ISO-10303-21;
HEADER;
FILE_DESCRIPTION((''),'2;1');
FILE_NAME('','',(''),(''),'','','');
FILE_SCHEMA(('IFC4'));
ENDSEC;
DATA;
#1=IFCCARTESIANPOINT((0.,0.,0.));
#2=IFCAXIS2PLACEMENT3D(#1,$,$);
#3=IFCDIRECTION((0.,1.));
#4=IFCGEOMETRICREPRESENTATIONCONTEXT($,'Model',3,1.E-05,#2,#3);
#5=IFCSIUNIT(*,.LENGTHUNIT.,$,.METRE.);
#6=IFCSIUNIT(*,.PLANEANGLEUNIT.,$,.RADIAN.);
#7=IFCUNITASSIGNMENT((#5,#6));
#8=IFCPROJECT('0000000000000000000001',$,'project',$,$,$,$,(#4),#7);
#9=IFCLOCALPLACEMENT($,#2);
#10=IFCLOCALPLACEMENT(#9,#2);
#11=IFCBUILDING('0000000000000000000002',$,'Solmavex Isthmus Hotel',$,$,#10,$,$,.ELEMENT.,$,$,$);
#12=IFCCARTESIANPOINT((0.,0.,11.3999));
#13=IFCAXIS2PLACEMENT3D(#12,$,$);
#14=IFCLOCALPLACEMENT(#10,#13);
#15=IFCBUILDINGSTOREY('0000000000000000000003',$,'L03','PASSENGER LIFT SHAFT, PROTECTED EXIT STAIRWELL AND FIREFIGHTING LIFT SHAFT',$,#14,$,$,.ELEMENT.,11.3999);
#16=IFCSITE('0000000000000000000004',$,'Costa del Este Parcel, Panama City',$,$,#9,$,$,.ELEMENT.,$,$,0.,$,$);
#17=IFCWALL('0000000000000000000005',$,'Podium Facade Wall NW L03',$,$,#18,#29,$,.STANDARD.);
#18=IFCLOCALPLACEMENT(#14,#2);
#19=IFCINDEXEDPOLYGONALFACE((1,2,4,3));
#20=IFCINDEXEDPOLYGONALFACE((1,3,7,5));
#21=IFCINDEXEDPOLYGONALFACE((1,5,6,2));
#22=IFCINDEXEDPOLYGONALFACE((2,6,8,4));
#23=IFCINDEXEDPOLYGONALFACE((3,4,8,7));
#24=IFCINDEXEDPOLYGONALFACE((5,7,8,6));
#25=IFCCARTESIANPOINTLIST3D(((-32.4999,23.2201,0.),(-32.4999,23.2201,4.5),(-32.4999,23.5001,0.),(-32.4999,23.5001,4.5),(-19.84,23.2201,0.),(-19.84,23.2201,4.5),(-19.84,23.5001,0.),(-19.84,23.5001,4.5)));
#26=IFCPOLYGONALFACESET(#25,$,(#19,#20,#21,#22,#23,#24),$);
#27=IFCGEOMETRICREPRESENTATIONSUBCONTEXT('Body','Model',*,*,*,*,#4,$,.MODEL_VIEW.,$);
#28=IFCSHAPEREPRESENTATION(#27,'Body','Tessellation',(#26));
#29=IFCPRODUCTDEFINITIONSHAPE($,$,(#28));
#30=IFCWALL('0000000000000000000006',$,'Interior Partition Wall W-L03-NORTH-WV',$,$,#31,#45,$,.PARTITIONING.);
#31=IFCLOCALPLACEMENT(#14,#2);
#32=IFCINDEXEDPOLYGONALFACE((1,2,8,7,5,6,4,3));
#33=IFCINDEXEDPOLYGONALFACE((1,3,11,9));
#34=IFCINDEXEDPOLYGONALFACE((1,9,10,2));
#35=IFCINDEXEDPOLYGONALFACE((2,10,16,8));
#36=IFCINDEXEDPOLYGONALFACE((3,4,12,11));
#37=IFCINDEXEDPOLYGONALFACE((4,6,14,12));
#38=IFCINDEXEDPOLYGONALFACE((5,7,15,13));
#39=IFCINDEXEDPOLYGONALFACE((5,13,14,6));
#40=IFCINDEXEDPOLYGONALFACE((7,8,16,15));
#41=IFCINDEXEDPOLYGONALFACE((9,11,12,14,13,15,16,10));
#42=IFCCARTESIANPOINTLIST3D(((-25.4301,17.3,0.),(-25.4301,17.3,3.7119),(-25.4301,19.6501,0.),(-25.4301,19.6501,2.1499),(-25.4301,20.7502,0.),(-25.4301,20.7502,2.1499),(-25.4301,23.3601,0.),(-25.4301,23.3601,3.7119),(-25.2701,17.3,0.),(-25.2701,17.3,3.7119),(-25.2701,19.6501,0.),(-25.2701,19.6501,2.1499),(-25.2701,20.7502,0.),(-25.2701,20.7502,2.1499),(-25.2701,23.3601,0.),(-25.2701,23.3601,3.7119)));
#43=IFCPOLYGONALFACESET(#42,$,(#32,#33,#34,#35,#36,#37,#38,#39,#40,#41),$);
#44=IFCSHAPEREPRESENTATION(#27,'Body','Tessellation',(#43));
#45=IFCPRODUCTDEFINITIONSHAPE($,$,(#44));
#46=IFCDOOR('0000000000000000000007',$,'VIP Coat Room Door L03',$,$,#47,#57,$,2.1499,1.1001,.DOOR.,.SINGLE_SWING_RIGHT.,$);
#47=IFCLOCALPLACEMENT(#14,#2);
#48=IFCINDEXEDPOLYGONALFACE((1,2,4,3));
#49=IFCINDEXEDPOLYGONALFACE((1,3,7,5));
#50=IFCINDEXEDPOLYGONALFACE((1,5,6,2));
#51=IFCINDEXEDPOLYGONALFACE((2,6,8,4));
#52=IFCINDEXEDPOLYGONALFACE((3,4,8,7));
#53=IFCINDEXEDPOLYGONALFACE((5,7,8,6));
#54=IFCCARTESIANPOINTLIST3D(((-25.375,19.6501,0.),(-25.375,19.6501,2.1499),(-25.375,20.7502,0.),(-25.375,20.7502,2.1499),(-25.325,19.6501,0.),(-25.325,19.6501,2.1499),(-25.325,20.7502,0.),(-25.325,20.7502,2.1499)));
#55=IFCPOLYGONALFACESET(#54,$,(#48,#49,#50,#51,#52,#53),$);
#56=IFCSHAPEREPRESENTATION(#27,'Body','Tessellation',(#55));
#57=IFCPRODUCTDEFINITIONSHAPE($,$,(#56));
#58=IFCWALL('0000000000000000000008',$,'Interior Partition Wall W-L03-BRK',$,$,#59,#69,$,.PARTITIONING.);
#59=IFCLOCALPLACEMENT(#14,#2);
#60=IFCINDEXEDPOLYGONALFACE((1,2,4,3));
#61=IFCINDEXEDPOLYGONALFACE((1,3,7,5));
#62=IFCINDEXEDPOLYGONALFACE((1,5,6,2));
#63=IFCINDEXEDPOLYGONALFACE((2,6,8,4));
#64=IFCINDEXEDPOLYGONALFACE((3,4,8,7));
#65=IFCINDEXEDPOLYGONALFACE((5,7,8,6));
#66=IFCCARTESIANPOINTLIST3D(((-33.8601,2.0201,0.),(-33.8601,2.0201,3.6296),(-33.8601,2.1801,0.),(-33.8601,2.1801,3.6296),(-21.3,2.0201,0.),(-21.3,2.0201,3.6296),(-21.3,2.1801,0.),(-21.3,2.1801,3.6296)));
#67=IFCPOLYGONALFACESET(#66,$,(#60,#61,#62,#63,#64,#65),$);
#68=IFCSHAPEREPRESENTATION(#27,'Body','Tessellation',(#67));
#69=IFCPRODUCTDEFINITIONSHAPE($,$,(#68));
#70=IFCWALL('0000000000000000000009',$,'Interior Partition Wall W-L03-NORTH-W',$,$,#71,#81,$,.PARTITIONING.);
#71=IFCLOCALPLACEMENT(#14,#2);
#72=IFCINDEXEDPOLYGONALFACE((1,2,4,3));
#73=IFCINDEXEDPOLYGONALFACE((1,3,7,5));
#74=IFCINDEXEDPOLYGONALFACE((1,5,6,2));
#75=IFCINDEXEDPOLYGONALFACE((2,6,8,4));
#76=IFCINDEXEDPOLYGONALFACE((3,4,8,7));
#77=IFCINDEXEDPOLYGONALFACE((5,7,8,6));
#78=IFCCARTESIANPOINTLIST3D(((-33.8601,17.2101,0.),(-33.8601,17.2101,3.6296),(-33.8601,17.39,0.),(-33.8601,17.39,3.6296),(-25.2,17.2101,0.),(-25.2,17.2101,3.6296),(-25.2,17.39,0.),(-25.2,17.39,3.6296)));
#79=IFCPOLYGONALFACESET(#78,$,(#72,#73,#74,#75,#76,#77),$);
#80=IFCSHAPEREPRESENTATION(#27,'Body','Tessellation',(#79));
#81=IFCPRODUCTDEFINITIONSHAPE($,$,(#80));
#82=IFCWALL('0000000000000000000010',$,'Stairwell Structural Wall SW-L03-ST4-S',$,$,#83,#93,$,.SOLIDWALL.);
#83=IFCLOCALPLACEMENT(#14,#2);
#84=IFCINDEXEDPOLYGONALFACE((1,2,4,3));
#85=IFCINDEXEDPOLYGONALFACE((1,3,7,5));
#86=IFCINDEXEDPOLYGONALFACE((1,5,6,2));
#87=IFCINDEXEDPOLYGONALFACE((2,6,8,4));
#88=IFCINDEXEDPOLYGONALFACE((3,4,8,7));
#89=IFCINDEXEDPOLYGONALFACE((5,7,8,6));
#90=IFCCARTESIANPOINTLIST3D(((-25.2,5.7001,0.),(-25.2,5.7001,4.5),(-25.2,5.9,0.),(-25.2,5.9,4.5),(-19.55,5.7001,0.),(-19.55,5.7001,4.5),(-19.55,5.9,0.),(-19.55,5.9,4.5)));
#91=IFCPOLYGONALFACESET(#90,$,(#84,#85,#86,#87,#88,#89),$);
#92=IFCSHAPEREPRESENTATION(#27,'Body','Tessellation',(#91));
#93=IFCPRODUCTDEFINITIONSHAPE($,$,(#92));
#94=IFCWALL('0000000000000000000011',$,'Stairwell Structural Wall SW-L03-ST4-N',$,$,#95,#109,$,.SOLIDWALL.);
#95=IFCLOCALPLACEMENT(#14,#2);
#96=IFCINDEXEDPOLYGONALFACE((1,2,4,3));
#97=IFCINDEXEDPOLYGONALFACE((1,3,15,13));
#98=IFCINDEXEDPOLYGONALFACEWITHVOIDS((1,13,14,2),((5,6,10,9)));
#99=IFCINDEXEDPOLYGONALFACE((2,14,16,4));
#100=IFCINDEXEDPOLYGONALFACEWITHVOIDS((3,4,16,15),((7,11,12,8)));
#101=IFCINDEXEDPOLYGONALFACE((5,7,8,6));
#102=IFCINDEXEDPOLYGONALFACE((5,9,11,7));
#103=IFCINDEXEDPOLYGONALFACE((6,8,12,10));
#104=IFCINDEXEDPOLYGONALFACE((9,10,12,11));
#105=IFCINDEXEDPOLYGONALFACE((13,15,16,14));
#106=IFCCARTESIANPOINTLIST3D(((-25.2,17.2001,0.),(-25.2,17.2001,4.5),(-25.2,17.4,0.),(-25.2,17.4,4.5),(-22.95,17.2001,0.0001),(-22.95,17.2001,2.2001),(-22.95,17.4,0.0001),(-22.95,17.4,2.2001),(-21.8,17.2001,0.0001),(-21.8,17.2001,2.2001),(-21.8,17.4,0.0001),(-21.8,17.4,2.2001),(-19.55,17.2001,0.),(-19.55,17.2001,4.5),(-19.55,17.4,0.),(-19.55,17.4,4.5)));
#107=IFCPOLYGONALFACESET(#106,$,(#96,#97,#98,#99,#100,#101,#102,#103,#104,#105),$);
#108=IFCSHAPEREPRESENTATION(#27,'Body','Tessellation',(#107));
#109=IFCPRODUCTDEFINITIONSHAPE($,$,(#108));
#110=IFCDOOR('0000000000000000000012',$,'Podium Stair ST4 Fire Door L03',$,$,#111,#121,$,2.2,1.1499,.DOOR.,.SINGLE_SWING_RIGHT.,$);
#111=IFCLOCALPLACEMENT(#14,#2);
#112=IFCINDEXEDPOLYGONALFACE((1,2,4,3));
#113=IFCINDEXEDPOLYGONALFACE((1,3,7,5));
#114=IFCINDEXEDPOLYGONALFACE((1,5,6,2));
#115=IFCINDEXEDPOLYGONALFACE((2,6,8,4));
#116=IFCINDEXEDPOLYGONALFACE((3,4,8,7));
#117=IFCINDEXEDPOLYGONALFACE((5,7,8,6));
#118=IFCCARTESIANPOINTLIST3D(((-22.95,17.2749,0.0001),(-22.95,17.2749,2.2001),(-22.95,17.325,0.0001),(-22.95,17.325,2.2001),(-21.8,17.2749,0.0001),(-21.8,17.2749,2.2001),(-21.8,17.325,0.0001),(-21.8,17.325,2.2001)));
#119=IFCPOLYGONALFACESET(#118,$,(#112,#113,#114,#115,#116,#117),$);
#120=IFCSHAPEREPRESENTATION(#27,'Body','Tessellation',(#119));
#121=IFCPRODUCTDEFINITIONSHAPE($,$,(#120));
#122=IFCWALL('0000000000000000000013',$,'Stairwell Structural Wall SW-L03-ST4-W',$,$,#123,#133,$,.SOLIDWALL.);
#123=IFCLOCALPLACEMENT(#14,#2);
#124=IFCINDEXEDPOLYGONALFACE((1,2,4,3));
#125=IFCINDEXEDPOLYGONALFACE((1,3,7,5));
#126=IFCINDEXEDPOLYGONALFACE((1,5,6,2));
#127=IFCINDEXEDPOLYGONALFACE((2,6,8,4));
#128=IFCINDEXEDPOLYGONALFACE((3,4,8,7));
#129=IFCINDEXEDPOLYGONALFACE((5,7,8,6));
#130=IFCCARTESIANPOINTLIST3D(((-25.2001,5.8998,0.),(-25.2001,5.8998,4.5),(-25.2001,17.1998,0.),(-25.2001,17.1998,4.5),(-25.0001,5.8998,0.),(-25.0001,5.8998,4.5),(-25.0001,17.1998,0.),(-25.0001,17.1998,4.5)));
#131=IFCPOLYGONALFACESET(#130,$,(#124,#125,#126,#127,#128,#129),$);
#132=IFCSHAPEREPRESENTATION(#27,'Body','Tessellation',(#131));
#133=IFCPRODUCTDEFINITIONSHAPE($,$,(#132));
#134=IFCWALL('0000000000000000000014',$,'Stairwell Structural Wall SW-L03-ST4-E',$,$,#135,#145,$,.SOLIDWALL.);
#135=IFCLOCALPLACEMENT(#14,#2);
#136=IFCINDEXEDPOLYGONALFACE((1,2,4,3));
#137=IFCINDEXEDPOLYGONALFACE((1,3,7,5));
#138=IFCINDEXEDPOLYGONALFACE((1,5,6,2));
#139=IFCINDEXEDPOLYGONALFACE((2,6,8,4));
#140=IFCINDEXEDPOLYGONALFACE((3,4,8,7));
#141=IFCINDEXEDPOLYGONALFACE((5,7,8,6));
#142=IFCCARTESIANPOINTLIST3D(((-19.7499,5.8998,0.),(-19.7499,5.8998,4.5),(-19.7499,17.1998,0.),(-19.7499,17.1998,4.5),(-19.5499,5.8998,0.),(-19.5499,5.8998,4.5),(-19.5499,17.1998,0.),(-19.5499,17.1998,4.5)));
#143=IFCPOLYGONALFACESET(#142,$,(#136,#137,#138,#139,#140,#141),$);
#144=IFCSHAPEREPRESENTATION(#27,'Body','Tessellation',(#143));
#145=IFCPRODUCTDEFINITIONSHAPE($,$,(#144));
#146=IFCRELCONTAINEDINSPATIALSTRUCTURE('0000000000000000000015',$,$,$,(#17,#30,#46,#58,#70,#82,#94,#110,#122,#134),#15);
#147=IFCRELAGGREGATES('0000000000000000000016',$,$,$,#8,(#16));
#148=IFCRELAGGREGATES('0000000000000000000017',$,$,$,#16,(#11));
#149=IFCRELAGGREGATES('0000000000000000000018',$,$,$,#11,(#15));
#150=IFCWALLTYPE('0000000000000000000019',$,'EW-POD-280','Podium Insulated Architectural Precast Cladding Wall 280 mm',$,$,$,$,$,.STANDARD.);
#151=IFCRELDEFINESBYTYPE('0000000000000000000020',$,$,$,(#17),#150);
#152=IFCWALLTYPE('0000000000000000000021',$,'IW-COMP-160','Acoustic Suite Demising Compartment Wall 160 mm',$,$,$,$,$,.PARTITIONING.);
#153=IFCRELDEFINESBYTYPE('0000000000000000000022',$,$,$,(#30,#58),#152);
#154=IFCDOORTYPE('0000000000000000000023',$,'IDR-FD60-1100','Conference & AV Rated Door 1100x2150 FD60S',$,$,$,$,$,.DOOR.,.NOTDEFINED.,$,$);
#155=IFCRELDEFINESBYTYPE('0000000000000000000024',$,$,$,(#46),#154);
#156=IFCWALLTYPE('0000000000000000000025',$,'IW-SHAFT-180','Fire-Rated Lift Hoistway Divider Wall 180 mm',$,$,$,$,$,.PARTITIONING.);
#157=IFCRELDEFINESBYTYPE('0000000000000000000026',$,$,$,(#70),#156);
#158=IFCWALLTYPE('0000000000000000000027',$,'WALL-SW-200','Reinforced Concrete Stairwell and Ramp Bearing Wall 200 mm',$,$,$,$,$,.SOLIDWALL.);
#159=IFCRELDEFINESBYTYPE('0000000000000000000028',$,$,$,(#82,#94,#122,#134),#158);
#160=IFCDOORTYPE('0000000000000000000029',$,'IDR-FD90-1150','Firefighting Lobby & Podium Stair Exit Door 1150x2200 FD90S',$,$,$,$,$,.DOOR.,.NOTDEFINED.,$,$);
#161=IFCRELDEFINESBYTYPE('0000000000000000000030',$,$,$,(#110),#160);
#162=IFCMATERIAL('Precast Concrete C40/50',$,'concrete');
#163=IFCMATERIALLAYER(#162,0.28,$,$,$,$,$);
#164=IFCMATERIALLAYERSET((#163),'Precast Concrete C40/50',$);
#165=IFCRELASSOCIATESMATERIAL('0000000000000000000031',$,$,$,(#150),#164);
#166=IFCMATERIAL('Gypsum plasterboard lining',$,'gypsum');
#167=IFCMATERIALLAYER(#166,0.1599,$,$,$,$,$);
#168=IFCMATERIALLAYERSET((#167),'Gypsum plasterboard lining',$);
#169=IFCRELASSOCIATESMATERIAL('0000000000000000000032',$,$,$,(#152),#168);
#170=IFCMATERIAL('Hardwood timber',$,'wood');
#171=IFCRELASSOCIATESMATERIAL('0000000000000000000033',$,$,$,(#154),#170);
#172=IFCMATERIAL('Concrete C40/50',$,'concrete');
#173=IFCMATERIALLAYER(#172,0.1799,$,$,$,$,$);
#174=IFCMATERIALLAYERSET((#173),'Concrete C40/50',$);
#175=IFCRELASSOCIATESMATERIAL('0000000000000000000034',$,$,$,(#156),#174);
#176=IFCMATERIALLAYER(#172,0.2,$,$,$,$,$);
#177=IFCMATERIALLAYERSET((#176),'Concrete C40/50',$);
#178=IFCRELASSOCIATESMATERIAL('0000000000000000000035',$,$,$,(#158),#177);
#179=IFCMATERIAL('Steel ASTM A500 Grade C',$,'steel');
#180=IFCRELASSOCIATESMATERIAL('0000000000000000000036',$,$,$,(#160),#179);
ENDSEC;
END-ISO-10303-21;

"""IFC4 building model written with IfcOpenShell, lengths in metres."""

from ifc_helpers import new_model, si_unit, direction, frame, frame_2d, origin, place, context, subcontext, project, spatial, rectangle, extrude, material, layer, layer_set, type_object, element, fill, save


model = new_model("IFC4")

# Units and contexts
model_context = context("Model", 3, precision=1e-05, world=origin(), true_north=direction((0.0, 1.0)))
body_context = subcontext(model_context, "Body", "Model", "MODEL_VIEW")
ifc_project = project(units=[si_unit("LENGTHUNIT", "METRE"), si_unit("PLANEANGLEUNIT", "RADIAN")], contexts=[model_context])

# Site, building, storey
site_placement = place(None, origin())
site = spatial("IfcSite", under=ifc_project, at=site_placement, Name="Costa del Este Parcel, Panama City", CompositionType="ELEMENT", RefElevation=0.0)
building_placement = place(site_placement, origin())
building = spatial("IfcBuilding", under=site, at=building_placement, Name="Solmavex Isthmus Hotel", CompositionType="ELEMENT")
storey_placement = place(building_placement, frame((0.0, 0.0, 11.3999)))
storey = spatial("IfcBuildingStorey", under=building, at=storey_placement, Name="L03", Description="PASSENGER LIFT SHAFT, PROTECTED EXIT STAIRWELL AND FIREFIGHTING LIFT SHAFT", CompositionType="ELEMENT", Elevation=11.3999)

# Wall
ifc_material_1 = material(Name="Precast Concrete C40/50", Category="concrete")
ifc_layer_1 = layer(ifc_material_1, 0.28)
ifc_layer_set_1 = layer_set([ifc_layer_1], Name="Precast Concrete C40/50")
wall_type_1 = type_object("IfcWallType", Name="EW-POD-280", Description="Podium Insulated Architectural Precast Cladding Wall 280 mm", PredefinedType="STANDARD", material=ifc_layer_set_1)
wall_1_placement = place(storey_placement, frame((-32.5, 23.3601, 0.0), z_axis=(0.0, 0.0, 1.0), x_axis=(1.0, 0.0, 0.0)))
element("IfcWall", 1, at=wall_1_placement, inside=storey, type_object=wall_type_1, Name="Podium Facade Wall NW L03", PredefinedType="STANDARD", context=body_context, shape_type="SweptSolid", body=[
    extrude(rectangle(XDim=12.6599, YDim=0.28, at=frame_2d((6.3301, 0.0))), origin(), (0.0, 0.0, 1.0), 4.5),
])

# Wall, opening, door
ifc_material_2 = material(Name="Gypsum plasterboard lining", Category="gypsum")
ifc_layer_2 = layer(ifc_material_2, 0.1599)
ifc_layer_set_2 = layer_set([ifc_layer_2], Name="Gypsum plasterboard lining")
wall_type_2 = type_object("IfcWallType", Name="IW-COMP-160", Description="Acoustic Suite Demising Compartment Wall 160 mm", PredefinedType="PARTITIONING", material=ifc_layer_set_2)
wall_2_placement = place(storey_placement, frame((-25.3501, 17.3, 0.0), z_axis=(0.0, 0.0, 1.0), x_axis=(0.0, 1.0, 0.0)))
wall_2 = element("IfcWall", 2, at=wall_2_placement, inside=storey, type_object=wall_type_2, Name="Interior Partition Wall W-L03-NORTH-WV", PredefinedType="PARTITIONING", context=body_context, shape_type="SweptSolid", body=[
    extrude(rectangle(XDim=6.0601, YDim=0.1599, at=frame_2d((3.03, 0.0))), origin(), (0.0, 0.0, 1.0), 3.7119),
])
opening_1_placement = place(wall_2_placement, frame((2.3501, 0.0, 0.0)))
opening_1 = element("IfcOpeningElement", 3, at=opening_1_placement, cuts=wall_2, PredefinedType="OPENING", context=body_context, shape_type="SweptSolid", body=[
    extrude(rectangle(XDim=1.1001, YDim=2.1499, at=frame_2d((0.55, 1.075))), frame((0.0, 0.0898, 0.0), z_axis=(0.0, -1.0, 0.0), x_axis=(1.0, 0.0, 0.0)), (0.0, 0.0, 1.0), 0.1799),
])
ifc_material_3 = material(Name="Hardwood timber", Category="wood")
door_type_1 = type_object("IfcDoorType", Name="IDR-FD60-1100", Description="Conference & AV Rated Door 1100x2150 FD60S", OperationType="NOTDEFINED", PredefinedType="DOOR", material=ifc_material_3)
door_1_placement = place(opening_1_placement, origin())
door_1 = element("IfcDoor", 4, at=door_1_placement, inside=storey, type_object=door_type_1, Name="VIP Coat Room Door L03", OperationType="SINGLE_SWING_RIGHT", OverallHeight=2.1499, OverallWidth=1.1001, PredefinedType="DOOR", context=body_context, shape_type="SweptSolid", body=[
    extrude(rectangle(XDim=1.1001, YDim=2.1499, at=frame_2d((0.55, 1.075))), frame((0.0, 0.0249, 0.0), z_axis=(0.0, -1.0, 0.0), x_axis=(1.0, 0.0, 0.0)), (0.0, 0.0, 1.0), 0.05),
])
fill(opening_1, door_1)

# Walls
wall_3_placement = place(storey_placement, frame((-33.8601, 2.1001, 0.0), z_axis=(0.0, 0.0, 1.0), x_axis=(1.0, 0.0, 0.0)))
element("IfcWall", 5, at=wall_3_placement, inside=storey, type_object=wall_type_2, Name="Interior Partition Wall W-L03-BRK", PredefinedType="PARTITIONING", context=body_context, shape_type="SweptSolid", body=[
    extrude(rectangle(XDim=12.5601, YDim=0.1599, at=frame_2d((6.28, 0.0))), origin(), (0.0, 0.0, 1.0), 3.6296),
])
ifc_material_4 = material(Name="Concrete C40/50", Category="concrete")
ifc_layer_3 = layer(ifc_material_4, 0.1799)
ifc_layer_set_3 = layer_set([ifc_layer_3], Name="Concrete C40/50")
wall_type_3 = type_object("IfcWallType", Name="IW-SHAFT-180", Description="Fire-Rated Lift Hoistway Divider Wall 180 mm", PredefinedType="PARTITIONING", material=ifc_layer_set_3)
wall_4_placement = place(storey_placement, frame((-33.8601, 17.3, 0.0), z_axis=(0.0, 0.0, 1.0), x_axis=(1.0, 0.0, 0.0)))
element("IfcWall", 6, at=wall_4_placement, inside=storey, type_object=wall_type_3, Name="Interior Partition Wall W-L03-NORTH-W", PredefinedType="PARTITIONING", context=body_context, shape_type="SweptSolid", body=[
    extrude(rectangle(XDim=8.6602, YDim=0.1799, at=frame_2d((4.3301, 0.0))), origin(), (0.0, 0.0, 1.0), 3.6296),
])
ifc_layer_4 = layer(ifc_material_4, 0.2)
ifc_layer_set_4 = layer_set([ifc_layer_4], Name="Concrete C40/50")
wall_type_4 = type_object("IfcWallType", Name="WALL-SW-200", Description="Reinforced Concrete Stairwell and Ramp Bearing Wall 200 mm", PredefinedType="SOLIDWALL", material=ifc_layer_set_4)
wall_5_placement = place(storey_placement, frame((-25.2, 5.8, 0.0), z_axis=(0.0, 0.0, 1.0), x_axis=(1.0, 0.0, 0.0)))
element("IfcWall", 7, at=wall_5_placement, inside=storey, type_object=wall_type_4, Name="Stairwell Structural Wall SW-L03-ST4-S", PredefinedType="SOLIDWALL", context=body_context, shape_type="SweptSolid", body=[
    extrude(rectangle(XDim=5.6499, YDim=0.2, at=frame_2d((2.825, 0.0))), origin(), (0.0, 0.0, 1.0), 4.5),
])

# Wall, opening, door
wall_6_placement = place(storey_placement, frame((-25.2, 17.3, 0.0), z_axis=(0.0, 0.0, 1.0), x_axis=(1.0, 0.0, 0.0)))
wall_6 = element("IfcWall", 8, at=wall_6_placement, inside=storey, type_object=wall_type_4, Name="Stairwell Structural Wall SW-L03-ST4-N", PredefinedType="SOLIDWALL", context=body_context, shape_type="SweptSolid", body=[
    extrude(rectangle(XDim=5.6499, YDim=0.2, at=frame_2d((2.825, 0.0))), origin(), (0.0, 0.0, 1.0), 4.5),
])
opening_2_placement = place(wall_6_placement, frame((2.25, 0.0, 0.0)))
opening_2 = element("IfcOpeningElement", 9, at=opening_2_placement, cuts=wall_6, PredefinedType="OPENING", context=body_context, shape_type="SweptSolid", body=[
    extrude(rectangle(XDim=1.1499, YDim=2.2, at=frame_2d((0.575, 1.1001))), frame((0.0, 0.1099, 0.0), z_axis=(0.0, -1.0, 0.0), x_axis=(1.0, 0.0, 0.0)), (0.0, 0.0, 1.0), 0.22),
])
ifc_material_5 = material(Name="Steel ASTM A500 Grade C", Category="steel")
door_type_2 = type_object("IfcDoorType", Name="IDR-FD90-1150", Description="Firefighting Lobby & Podium Stair Exit Door 1150x2200 FD90S", OperationType="NOTDEFINED", PredefinedType="DOOR", material=ifc_material_5)
door_2_placement = place(opening_2_placement, origin())
door_2 = element("IfcDoor", 10, at=door_2_placement, inside=storey, type_object=door_type_2, Name="Podium Stair ST4 Fire Door L03", OperationType="SINGLE_SWING_RIGHT", OverallHeight=2.2, OverallWidth=1.1499, PredefinedType="DOOR", context=body_context, shape_type="SweptSolid", body=[
    extrude(rectangle(XDim=1.1499, YDim=2.2, at=frame_2d((0.575, 1.1001))), frame((0.0, 0.0249, 0.0), z_axis=(0.0, -1.0, 0.0), x_axis=(1.0, 0.0, 0.0)), (0.0, 0.0, 1.0), 0.05),
])
fill(opening_2, door_2)

# Walls
for number, where, z_axis, x_axis, name in (
    (11, (-25.1001, 5.8999, 0.0), (0.0, 0.0, 1.0), (0.0, 1.0, 0.0), "Stairwell Structural Wall SW-L03-ST4-W"),
    (12, (-19.6499, 5.8999, 0.0), (0.0, 0.0, 1.0), (0.0, 1.0, 0.0), "Stairwell Structural Wall SW-L03-ST4-E"),
):
    element("IfcWall", number, at=place(storey_placement, frame(where, z_axis=z_axis, x_axis=x_axis)), inside=storey, type_object=wall_type_4, Name=name, PredefinedType="SOLIDWALL", context=body_context, shape_type="SweptSolid", body=[
        extrude(rectangle(XDim=11.3, YDim=0.2, at=frame_2d((5.6499, 0.0))), origin(), (0.0, 0.0, 1.0), 4.5),
    ])

save(model, "model.ifc")
